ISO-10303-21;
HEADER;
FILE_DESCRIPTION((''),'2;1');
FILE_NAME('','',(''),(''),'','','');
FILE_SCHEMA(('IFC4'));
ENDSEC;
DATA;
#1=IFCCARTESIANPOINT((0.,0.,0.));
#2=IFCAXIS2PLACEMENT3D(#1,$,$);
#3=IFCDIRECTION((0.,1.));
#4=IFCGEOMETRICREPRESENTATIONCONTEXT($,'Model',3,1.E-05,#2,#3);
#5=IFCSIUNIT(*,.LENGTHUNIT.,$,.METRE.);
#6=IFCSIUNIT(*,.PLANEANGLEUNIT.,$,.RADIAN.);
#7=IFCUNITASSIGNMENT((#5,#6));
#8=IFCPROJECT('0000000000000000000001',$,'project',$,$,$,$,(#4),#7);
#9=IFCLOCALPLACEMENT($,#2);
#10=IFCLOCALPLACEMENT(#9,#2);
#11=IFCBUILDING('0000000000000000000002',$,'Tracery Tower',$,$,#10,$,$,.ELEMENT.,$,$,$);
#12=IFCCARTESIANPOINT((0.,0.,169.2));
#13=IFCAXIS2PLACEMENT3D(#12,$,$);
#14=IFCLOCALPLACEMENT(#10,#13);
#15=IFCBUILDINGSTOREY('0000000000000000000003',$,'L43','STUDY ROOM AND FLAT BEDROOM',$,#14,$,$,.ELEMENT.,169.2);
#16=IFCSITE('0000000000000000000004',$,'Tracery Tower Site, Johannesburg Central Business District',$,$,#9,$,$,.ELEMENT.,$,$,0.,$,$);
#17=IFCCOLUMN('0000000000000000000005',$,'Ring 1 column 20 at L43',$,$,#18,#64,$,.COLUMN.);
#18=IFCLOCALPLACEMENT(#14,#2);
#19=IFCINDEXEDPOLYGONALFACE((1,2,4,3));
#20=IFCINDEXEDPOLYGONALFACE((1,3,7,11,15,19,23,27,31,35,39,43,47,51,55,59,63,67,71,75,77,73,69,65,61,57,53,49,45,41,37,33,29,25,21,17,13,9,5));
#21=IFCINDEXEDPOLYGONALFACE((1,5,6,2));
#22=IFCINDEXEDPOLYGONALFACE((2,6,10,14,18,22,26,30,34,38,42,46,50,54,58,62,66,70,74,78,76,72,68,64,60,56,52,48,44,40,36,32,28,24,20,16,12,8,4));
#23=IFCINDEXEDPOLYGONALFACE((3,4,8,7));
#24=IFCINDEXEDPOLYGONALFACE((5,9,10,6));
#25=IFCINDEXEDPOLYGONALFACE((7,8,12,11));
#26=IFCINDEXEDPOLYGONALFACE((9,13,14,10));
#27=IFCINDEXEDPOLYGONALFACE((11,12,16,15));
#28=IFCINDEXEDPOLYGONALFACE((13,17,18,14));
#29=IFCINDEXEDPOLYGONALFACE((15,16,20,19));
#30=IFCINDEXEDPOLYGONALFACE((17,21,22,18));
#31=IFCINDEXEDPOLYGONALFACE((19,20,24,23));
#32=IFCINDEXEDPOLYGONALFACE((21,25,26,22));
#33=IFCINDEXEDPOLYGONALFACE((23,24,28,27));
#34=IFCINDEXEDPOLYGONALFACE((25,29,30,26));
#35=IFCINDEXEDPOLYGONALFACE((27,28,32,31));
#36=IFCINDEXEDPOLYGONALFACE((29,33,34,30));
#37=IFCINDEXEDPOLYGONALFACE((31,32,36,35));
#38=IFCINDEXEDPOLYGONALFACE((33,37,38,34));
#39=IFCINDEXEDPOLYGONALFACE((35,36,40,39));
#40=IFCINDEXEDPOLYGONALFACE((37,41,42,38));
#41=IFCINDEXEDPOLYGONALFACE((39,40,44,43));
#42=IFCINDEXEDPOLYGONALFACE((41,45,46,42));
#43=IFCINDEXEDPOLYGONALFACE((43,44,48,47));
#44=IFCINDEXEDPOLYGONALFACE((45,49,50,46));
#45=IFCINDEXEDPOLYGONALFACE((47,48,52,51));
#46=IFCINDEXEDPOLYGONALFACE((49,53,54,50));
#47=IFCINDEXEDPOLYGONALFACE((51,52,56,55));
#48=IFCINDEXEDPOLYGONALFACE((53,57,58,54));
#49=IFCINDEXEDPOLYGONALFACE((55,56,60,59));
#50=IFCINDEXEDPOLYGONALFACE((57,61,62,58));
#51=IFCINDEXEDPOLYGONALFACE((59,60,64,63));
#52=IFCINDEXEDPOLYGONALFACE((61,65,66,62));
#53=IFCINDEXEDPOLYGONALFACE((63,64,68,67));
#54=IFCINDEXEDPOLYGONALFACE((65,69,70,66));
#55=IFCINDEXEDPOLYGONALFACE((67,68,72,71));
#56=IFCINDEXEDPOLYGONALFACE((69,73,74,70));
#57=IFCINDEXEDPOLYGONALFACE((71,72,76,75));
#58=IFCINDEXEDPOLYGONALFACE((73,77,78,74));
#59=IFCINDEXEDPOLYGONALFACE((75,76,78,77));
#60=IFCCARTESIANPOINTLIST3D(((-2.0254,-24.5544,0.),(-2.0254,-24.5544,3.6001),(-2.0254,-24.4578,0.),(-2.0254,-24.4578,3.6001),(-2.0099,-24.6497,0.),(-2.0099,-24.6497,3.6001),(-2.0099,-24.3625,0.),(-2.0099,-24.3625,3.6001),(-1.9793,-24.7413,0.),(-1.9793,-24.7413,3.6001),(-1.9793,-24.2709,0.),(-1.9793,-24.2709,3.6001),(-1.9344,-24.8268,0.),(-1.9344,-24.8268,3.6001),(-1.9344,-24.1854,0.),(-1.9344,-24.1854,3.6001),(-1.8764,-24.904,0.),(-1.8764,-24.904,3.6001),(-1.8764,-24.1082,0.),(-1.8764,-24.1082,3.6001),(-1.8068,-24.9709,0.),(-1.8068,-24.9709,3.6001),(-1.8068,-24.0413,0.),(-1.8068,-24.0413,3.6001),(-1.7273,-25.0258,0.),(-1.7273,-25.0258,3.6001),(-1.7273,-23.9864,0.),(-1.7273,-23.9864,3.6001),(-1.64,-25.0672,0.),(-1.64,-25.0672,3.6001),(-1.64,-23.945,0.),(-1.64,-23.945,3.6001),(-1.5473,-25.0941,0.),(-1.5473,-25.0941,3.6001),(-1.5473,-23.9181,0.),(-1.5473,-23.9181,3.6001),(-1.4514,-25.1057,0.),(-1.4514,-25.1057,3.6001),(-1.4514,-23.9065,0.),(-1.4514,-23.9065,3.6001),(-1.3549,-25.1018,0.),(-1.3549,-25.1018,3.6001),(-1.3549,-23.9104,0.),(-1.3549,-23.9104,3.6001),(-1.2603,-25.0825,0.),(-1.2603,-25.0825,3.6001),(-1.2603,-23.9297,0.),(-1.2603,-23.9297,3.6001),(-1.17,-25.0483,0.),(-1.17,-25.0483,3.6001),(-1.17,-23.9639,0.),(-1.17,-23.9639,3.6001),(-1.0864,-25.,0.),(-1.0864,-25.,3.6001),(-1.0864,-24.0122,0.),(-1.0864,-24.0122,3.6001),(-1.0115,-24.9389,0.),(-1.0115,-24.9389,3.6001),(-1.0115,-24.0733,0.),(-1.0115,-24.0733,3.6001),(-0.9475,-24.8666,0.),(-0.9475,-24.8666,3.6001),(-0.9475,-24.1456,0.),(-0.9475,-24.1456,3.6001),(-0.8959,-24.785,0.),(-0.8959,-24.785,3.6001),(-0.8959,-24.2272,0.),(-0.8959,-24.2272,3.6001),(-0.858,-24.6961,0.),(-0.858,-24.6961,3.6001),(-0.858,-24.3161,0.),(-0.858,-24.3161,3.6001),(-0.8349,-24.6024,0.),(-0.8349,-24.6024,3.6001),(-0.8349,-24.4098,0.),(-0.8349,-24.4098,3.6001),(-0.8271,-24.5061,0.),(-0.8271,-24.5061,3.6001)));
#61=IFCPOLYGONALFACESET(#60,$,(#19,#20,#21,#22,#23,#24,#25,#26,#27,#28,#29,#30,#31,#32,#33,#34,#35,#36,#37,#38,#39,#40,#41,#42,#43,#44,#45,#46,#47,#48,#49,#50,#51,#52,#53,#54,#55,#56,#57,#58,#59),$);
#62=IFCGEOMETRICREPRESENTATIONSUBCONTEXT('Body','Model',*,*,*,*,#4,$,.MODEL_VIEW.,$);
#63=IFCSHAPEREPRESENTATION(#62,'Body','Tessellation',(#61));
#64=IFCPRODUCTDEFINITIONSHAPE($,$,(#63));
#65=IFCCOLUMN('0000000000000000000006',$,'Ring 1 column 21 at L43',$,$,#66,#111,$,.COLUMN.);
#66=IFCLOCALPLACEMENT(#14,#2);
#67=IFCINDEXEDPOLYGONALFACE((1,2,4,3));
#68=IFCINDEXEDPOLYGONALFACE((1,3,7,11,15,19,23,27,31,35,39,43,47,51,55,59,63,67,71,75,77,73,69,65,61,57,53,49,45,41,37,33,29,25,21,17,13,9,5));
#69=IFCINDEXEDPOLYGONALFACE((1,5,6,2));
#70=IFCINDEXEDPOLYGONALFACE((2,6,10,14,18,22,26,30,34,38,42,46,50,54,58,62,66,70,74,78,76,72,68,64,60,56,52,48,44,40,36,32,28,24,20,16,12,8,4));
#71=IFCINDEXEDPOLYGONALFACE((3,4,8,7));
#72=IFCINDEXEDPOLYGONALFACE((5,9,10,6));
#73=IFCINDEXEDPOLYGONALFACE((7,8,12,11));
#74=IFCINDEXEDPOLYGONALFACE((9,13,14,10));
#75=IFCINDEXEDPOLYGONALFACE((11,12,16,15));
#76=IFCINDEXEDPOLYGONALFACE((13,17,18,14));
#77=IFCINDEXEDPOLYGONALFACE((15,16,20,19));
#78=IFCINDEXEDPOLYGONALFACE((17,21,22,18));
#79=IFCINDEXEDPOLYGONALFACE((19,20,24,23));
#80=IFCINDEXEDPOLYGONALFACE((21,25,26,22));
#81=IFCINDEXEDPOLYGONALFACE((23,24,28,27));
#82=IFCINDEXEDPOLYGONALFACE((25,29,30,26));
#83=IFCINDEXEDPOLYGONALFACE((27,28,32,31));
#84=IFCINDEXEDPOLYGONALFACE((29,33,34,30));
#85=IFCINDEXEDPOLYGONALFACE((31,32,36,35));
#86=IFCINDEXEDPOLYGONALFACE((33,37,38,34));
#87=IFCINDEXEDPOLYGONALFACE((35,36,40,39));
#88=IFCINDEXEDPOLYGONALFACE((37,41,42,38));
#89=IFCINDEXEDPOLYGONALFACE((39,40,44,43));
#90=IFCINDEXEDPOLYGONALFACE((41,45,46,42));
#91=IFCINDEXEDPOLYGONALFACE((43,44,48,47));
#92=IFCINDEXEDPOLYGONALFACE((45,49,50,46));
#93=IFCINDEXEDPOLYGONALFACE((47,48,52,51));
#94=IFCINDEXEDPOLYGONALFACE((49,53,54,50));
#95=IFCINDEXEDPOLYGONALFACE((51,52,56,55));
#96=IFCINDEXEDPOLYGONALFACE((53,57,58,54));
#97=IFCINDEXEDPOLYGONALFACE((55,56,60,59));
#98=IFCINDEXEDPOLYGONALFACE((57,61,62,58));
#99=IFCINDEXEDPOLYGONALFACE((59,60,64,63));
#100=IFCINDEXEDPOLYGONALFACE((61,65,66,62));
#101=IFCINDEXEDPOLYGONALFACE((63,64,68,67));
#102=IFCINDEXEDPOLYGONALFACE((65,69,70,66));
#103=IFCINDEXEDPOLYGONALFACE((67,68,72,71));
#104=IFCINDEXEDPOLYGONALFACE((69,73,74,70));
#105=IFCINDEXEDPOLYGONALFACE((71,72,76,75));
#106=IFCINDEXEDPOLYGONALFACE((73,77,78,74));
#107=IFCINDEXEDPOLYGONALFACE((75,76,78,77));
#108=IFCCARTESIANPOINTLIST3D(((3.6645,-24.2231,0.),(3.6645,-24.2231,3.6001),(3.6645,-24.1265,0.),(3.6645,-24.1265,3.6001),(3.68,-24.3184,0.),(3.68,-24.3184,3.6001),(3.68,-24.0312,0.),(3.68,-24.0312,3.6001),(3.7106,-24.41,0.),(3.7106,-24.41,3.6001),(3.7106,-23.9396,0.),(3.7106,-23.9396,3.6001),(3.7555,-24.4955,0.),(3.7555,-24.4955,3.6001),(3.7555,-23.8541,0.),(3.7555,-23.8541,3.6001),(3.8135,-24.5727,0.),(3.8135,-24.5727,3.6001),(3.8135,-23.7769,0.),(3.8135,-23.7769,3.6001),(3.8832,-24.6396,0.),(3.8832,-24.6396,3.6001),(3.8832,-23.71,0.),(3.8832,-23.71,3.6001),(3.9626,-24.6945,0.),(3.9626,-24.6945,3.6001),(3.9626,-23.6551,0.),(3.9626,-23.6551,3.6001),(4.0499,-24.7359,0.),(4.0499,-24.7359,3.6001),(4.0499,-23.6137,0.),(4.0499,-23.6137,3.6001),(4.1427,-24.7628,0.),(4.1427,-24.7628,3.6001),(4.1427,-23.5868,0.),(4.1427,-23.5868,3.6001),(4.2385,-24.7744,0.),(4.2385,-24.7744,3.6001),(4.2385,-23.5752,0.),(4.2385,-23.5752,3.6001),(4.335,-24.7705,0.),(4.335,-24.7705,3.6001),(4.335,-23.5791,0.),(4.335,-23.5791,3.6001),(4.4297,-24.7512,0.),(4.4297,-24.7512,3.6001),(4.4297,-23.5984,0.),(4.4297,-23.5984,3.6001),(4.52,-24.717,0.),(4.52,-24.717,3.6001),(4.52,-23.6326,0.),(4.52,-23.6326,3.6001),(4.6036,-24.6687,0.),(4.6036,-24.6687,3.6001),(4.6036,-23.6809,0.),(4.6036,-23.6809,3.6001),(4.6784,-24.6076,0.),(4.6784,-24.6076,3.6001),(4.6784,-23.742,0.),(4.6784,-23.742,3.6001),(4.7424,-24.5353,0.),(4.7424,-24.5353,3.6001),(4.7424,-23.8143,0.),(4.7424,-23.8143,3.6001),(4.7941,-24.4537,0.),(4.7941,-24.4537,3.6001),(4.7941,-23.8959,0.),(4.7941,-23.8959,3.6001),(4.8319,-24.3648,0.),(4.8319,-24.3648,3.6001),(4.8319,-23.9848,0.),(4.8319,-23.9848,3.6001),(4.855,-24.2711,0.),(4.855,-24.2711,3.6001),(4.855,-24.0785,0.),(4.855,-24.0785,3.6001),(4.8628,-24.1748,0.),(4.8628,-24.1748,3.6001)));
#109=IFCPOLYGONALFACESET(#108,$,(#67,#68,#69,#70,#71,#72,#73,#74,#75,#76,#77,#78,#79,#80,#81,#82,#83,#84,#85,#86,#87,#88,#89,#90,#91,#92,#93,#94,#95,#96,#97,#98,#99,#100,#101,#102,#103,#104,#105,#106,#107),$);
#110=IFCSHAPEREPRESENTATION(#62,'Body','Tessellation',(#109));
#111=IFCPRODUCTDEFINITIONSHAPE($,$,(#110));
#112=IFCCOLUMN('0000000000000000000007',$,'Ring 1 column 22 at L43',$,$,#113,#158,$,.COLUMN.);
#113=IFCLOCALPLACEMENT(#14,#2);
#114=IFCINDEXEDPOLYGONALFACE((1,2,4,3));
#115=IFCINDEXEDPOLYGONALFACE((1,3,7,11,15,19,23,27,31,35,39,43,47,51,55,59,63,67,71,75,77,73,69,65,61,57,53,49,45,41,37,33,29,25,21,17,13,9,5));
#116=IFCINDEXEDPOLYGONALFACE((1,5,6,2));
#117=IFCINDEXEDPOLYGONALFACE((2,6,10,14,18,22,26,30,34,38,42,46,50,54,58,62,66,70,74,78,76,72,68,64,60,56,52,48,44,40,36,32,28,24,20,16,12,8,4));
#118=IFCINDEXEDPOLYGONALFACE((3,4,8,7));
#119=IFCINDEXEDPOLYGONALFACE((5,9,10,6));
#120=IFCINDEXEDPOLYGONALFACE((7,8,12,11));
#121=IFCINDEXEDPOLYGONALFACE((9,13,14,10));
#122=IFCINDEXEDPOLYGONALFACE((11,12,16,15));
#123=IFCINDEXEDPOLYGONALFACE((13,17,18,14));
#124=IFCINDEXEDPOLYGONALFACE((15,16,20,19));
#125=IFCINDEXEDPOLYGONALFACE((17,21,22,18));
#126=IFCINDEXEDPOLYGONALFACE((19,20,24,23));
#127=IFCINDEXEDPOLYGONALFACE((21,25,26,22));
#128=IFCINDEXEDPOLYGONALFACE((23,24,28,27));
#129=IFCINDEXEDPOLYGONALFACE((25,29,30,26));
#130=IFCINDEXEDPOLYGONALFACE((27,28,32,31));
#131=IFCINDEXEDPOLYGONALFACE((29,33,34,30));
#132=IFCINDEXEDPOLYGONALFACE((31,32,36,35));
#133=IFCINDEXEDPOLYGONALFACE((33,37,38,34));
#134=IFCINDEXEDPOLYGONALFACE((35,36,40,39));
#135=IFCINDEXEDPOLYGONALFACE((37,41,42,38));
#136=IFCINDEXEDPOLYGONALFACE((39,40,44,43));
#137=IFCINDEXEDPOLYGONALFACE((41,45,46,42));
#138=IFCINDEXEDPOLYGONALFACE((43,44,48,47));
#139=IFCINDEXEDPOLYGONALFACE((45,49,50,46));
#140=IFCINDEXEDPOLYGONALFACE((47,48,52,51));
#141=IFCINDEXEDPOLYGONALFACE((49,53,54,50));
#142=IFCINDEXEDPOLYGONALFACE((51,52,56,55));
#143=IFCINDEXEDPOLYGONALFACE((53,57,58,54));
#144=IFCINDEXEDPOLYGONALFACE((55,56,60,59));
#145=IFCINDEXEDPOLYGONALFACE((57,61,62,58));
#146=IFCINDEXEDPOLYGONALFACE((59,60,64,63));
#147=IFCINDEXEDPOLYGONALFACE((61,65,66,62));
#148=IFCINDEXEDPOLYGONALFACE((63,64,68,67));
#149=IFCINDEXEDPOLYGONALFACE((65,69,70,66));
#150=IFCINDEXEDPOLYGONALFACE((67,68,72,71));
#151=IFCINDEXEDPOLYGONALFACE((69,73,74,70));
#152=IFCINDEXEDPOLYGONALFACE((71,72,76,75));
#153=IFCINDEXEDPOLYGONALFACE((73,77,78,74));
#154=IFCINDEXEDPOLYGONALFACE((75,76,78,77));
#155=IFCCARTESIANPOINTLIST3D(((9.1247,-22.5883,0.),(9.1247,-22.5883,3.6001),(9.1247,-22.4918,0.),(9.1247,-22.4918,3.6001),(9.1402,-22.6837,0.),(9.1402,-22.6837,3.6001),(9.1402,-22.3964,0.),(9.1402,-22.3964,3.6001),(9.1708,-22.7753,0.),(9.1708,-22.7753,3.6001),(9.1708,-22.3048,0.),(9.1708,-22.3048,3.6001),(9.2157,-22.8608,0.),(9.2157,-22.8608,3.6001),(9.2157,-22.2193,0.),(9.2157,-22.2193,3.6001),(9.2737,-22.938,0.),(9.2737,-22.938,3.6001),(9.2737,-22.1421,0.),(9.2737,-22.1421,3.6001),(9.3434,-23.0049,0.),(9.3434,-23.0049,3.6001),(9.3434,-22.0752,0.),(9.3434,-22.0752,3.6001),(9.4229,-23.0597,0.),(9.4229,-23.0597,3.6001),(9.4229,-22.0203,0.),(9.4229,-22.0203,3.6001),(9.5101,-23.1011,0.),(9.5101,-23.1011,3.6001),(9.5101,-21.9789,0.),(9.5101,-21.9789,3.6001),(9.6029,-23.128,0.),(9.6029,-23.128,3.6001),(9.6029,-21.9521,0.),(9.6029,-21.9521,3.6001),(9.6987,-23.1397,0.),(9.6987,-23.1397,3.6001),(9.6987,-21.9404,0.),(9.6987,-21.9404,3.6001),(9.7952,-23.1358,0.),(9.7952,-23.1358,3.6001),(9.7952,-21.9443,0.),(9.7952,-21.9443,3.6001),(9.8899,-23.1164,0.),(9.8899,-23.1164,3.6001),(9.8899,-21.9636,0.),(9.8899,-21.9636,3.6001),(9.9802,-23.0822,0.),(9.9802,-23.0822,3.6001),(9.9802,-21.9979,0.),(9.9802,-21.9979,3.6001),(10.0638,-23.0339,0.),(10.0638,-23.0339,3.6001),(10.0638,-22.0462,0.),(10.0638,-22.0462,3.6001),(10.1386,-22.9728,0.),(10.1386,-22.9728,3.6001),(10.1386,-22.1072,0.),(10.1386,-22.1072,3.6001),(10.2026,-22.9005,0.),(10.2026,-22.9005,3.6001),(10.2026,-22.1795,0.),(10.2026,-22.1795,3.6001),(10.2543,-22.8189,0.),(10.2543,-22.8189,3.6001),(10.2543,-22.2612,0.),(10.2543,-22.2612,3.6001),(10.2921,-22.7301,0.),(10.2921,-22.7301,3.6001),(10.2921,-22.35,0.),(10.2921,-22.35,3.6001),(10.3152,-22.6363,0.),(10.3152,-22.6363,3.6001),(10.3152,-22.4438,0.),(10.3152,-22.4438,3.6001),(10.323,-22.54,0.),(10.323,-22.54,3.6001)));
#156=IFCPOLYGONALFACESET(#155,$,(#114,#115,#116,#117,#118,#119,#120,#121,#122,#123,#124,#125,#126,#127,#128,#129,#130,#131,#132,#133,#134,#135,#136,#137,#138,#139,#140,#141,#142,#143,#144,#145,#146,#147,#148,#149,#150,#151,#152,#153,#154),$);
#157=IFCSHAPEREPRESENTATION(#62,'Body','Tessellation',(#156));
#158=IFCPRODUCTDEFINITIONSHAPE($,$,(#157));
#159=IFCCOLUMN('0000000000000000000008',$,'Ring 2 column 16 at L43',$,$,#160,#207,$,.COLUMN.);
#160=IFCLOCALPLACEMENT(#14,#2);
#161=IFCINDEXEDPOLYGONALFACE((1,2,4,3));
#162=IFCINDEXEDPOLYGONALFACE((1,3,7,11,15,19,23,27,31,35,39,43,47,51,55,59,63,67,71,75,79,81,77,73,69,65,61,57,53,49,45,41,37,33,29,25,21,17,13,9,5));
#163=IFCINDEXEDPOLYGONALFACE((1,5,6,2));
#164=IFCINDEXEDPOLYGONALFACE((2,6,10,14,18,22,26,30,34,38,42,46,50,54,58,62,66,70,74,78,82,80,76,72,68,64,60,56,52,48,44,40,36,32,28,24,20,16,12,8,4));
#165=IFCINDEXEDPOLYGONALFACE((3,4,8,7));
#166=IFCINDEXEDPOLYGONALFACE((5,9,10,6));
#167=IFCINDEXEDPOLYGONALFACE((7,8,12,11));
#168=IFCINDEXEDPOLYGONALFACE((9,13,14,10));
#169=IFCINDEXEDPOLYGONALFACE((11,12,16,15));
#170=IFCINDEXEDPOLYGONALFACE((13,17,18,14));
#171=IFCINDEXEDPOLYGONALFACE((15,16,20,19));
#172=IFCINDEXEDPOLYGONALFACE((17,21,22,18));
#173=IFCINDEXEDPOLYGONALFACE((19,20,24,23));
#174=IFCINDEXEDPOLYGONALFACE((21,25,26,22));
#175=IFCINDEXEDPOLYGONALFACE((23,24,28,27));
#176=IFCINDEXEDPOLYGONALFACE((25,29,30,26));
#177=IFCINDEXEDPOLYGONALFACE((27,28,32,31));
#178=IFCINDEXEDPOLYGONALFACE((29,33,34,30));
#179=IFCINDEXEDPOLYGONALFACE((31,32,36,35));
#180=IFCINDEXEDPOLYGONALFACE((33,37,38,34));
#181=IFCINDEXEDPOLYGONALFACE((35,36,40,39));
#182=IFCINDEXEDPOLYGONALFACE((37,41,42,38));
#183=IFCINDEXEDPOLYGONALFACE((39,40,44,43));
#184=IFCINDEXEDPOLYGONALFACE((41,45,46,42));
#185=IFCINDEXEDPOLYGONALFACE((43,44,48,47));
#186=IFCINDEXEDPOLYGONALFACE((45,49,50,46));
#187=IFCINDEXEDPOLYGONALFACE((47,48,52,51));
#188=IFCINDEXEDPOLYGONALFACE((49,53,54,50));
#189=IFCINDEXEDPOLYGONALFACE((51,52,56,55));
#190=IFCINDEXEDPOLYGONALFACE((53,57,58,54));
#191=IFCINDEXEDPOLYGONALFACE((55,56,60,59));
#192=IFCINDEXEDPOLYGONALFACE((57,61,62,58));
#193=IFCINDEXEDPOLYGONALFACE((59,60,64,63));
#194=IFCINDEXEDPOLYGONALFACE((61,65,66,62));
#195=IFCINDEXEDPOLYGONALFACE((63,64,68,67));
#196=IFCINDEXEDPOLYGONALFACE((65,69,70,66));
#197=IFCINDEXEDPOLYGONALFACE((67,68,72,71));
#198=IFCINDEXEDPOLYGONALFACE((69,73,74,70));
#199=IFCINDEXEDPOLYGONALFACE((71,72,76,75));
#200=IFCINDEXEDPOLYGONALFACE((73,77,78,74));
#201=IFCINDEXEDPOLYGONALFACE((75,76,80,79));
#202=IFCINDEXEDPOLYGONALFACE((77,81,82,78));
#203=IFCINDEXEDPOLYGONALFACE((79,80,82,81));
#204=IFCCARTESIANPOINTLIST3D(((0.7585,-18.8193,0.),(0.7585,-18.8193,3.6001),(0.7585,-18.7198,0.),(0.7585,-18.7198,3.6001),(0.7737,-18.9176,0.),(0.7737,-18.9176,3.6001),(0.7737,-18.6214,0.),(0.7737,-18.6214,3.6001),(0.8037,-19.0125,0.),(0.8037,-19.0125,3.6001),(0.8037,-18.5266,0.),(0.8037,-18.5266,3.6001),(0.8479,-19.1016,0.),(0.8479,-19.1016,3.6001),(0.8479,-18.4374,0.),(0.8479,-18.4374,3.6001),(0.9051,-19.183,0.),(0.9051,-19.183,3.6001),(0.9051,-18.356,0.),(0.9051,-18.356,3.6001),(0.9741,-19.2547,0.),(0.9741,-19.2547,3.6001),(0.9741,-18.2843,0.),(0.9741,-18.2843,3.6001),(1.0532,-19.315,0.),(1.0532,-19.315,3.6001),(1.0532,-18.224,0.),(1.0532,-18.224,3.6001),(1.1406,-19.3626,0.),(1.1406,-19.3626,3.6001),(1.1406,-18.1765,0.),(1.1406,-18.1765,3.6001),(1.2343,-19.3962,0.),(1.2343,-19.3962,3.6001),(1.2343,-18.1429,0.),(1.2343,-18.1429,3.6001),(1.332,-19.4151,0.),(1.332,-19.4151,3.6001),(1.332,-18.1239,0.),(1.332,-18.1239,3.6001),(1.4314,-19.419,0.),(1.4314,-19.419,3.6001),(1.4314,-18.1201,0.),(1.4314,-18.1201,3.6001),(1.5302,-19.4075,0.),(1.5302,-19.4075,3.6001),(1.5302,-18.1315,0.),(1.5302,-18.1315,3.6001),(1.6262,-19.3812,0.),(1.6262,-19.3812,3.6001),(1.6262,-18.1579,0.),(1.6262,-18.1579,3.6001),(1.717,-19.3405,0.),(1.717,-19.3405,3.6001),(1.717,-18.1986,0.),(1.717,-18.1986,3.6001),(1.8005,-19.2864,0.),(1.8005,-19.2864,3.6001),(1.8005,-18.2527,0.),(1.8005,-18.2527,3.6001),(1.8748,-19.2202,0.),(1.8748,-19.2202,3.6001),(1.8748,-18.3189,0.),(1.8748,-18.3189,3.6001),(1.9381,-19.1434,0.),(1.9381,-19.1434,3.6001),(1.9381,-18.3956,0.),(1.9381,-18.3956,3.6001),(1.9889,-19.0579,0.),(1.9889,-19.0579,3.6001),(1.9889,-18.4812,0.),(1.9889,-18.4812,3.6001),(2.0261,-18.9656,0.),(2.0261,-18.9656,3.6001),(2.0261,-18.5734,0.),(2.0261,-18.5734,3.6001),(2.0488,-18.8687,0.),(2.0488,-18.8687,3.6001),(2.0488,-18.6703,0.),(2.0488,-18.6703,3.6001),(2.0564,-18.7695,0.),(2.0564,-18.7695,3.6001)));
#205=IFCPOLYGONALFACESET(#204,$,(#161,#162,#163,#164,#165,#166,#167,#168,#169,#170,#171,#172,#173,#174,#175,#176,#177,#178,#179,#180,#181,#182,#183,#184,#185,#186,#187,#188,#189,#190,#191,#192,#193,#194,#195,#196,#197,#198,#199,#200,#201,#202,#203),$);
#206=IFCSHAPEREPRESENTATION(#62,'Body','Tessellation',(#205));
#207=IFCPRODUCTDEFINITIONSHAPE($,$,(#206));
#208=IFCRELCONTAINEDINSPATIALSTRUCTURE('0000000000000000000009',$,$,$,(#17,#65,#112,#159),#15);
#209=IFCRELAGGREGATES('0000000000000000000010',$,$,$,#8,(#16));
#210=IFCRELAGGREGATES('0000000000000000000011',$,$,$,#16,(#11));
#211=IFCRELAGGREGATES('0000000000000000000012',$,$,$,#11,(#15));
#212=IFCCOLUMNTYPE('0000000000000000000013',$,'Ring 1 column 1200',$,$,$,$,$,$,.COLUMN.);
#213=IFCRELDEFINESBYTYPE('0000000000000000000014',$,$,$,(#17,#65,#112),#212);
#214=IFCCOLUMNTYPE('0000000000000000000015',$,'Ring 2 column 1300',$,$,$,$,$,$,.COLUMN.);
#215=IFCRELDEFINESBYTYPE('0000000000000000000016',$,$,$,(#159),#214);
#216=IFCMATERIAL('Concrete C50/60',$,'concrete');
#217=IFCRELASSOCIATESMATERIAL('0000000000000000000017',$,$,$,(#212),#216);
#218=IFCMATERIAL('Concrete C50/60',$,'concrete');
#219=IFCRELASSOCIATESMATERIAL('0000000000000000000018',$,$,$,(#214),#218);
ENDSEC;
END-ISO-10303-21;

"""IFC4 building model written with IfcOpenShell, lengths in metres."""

from ifc_helpers import new_model, si_unit, direction, frame, origin, origin_2d, place, context, subcontext, project, spatial, circle, extrude, material, material_profile, profile_set, type_object, element, save


model = new_model("IFC4")

# Units and contexts
model_context = context("Model", 3, precision=1e-05, world=origin(), true_north=direction((0.0, 1.0)))
body_context = subcontext(model_context, "Body", "Model", "MODEL_VIEW")
ifc_project = project(units=[si_unit("LENGTHUNIT", "METRE"), si_unit("PLANEANGLEUNIT", "RADIAN")], contexts=[model_context])

# Site, building, storey
site_placement = place(None, origin())
site = spatial("IfcSite", under=ifc_project, at=site_placement, Name="Tracery Tower Site, Johannesburg Central Business District", CompositionType="ELEMENT", RefElevation=0.0)
building_placement = place(site_placement, origin())
building = spatial("IfcBuilding", under=site, at=building_placement, Name="Tracery Tower", CompositionType="ELEMENT")
storey_placement = place(building_placement, frame((0.0, 0.0, 169.2)))
storey = spatial("IfcBuildingStorey", under=building, at=storey_placement, Name="L43", Description="STUDY ROOM AND FLAT BEDROOM", CompositionType="ELEMENT", Elevation=169.2)

# Columns
ifc_material_1 = material(Name="Concrete C50/60", Category="concrete")
ifc_material_profile_1 = material_profile(ifc_material_1, circle(Radius=0.6001, at=origin_2d()), Name="RC D1200")
ifc_profile_set_1 = profile_set([ifc_material_profile_1], Name="Concrete C50/60")
column_type_1 = type_object("IfcColumnType", Name="Ring 1 column 1200", PredefinedType="COLUMN", material=ifc_profile_set_1)
for number, where, z_axis, x_axis, name in (
    (1, (-1.4272, -24.5061, 0.0), (0.0, 0.0, 1.0), (1.0, 0.0, 0.0), "Ring 1 column 20 at L43"),
    (2, (4.2627, -24.1748, 0.0), (0.0, 0.0, 1.0), (1.0, 0.0, 0.0), "Ring 1 column 21 at L43"),
    (3, (9.7229, -22.54, 0.0), (0.0, 0.0, 1.0), (1.0, 0.0, 0.0), "Ring 1 column 22 at L43"),
):
    element("IfcColumn", number, at=place(storey_placement, frame(where, z_axis=z_axis, x_axis=x_axis)), inside=storey, type_object=column_type_1, Name=name, PredefinedType="COLUMN", context=body_context, shape_type="SweptSolid", body=[
        extrude(circle(Radius=0.6001, at=origin_2d()), origin(), (0.0, 0.0, 1.0), 3.6001),
    ])
ifc_material_2 = material(Name="Concrete C50/60", Category="concrete")
ifc_material_profile_2 = material_profile(ifc_material_2, circle(Radius=0.6499, at=origin_2d()), Name="RC D1300")
ifc_profile_set_2 = profile_set([ifc_material_profile_2], Name="Concrete C50/60")
column_type_2 = type_object("IfcColumnType", Name="Ring 2 column 1300", PredefinedType="COLUMN", material=ifc_profile_set_2)
for number, where, z_axis, x_axis, name in (
    (4, (1.4065, -18.7695, 0.0), (0.0, 0.0, 1.0), (1.0, 0.0, 0.0), "Ring 2 column 16 at L43"),
):
    element("IfcColumn", number, at=place(storey_placement, frame(where, z_axis=z_axis, x_axis=x_axis)), inside=storey, type_object=column_type_2, Name=name, PredefinedType="COLUMN", context=body_context, shape_type="SweptSolid", body=[
        extrude(circle(Radius=0.6499, at=origin_2d()), origin(), (0.0, 0.0, 1.0), 3.6001),
    ])

save(model, "model.ifc")
